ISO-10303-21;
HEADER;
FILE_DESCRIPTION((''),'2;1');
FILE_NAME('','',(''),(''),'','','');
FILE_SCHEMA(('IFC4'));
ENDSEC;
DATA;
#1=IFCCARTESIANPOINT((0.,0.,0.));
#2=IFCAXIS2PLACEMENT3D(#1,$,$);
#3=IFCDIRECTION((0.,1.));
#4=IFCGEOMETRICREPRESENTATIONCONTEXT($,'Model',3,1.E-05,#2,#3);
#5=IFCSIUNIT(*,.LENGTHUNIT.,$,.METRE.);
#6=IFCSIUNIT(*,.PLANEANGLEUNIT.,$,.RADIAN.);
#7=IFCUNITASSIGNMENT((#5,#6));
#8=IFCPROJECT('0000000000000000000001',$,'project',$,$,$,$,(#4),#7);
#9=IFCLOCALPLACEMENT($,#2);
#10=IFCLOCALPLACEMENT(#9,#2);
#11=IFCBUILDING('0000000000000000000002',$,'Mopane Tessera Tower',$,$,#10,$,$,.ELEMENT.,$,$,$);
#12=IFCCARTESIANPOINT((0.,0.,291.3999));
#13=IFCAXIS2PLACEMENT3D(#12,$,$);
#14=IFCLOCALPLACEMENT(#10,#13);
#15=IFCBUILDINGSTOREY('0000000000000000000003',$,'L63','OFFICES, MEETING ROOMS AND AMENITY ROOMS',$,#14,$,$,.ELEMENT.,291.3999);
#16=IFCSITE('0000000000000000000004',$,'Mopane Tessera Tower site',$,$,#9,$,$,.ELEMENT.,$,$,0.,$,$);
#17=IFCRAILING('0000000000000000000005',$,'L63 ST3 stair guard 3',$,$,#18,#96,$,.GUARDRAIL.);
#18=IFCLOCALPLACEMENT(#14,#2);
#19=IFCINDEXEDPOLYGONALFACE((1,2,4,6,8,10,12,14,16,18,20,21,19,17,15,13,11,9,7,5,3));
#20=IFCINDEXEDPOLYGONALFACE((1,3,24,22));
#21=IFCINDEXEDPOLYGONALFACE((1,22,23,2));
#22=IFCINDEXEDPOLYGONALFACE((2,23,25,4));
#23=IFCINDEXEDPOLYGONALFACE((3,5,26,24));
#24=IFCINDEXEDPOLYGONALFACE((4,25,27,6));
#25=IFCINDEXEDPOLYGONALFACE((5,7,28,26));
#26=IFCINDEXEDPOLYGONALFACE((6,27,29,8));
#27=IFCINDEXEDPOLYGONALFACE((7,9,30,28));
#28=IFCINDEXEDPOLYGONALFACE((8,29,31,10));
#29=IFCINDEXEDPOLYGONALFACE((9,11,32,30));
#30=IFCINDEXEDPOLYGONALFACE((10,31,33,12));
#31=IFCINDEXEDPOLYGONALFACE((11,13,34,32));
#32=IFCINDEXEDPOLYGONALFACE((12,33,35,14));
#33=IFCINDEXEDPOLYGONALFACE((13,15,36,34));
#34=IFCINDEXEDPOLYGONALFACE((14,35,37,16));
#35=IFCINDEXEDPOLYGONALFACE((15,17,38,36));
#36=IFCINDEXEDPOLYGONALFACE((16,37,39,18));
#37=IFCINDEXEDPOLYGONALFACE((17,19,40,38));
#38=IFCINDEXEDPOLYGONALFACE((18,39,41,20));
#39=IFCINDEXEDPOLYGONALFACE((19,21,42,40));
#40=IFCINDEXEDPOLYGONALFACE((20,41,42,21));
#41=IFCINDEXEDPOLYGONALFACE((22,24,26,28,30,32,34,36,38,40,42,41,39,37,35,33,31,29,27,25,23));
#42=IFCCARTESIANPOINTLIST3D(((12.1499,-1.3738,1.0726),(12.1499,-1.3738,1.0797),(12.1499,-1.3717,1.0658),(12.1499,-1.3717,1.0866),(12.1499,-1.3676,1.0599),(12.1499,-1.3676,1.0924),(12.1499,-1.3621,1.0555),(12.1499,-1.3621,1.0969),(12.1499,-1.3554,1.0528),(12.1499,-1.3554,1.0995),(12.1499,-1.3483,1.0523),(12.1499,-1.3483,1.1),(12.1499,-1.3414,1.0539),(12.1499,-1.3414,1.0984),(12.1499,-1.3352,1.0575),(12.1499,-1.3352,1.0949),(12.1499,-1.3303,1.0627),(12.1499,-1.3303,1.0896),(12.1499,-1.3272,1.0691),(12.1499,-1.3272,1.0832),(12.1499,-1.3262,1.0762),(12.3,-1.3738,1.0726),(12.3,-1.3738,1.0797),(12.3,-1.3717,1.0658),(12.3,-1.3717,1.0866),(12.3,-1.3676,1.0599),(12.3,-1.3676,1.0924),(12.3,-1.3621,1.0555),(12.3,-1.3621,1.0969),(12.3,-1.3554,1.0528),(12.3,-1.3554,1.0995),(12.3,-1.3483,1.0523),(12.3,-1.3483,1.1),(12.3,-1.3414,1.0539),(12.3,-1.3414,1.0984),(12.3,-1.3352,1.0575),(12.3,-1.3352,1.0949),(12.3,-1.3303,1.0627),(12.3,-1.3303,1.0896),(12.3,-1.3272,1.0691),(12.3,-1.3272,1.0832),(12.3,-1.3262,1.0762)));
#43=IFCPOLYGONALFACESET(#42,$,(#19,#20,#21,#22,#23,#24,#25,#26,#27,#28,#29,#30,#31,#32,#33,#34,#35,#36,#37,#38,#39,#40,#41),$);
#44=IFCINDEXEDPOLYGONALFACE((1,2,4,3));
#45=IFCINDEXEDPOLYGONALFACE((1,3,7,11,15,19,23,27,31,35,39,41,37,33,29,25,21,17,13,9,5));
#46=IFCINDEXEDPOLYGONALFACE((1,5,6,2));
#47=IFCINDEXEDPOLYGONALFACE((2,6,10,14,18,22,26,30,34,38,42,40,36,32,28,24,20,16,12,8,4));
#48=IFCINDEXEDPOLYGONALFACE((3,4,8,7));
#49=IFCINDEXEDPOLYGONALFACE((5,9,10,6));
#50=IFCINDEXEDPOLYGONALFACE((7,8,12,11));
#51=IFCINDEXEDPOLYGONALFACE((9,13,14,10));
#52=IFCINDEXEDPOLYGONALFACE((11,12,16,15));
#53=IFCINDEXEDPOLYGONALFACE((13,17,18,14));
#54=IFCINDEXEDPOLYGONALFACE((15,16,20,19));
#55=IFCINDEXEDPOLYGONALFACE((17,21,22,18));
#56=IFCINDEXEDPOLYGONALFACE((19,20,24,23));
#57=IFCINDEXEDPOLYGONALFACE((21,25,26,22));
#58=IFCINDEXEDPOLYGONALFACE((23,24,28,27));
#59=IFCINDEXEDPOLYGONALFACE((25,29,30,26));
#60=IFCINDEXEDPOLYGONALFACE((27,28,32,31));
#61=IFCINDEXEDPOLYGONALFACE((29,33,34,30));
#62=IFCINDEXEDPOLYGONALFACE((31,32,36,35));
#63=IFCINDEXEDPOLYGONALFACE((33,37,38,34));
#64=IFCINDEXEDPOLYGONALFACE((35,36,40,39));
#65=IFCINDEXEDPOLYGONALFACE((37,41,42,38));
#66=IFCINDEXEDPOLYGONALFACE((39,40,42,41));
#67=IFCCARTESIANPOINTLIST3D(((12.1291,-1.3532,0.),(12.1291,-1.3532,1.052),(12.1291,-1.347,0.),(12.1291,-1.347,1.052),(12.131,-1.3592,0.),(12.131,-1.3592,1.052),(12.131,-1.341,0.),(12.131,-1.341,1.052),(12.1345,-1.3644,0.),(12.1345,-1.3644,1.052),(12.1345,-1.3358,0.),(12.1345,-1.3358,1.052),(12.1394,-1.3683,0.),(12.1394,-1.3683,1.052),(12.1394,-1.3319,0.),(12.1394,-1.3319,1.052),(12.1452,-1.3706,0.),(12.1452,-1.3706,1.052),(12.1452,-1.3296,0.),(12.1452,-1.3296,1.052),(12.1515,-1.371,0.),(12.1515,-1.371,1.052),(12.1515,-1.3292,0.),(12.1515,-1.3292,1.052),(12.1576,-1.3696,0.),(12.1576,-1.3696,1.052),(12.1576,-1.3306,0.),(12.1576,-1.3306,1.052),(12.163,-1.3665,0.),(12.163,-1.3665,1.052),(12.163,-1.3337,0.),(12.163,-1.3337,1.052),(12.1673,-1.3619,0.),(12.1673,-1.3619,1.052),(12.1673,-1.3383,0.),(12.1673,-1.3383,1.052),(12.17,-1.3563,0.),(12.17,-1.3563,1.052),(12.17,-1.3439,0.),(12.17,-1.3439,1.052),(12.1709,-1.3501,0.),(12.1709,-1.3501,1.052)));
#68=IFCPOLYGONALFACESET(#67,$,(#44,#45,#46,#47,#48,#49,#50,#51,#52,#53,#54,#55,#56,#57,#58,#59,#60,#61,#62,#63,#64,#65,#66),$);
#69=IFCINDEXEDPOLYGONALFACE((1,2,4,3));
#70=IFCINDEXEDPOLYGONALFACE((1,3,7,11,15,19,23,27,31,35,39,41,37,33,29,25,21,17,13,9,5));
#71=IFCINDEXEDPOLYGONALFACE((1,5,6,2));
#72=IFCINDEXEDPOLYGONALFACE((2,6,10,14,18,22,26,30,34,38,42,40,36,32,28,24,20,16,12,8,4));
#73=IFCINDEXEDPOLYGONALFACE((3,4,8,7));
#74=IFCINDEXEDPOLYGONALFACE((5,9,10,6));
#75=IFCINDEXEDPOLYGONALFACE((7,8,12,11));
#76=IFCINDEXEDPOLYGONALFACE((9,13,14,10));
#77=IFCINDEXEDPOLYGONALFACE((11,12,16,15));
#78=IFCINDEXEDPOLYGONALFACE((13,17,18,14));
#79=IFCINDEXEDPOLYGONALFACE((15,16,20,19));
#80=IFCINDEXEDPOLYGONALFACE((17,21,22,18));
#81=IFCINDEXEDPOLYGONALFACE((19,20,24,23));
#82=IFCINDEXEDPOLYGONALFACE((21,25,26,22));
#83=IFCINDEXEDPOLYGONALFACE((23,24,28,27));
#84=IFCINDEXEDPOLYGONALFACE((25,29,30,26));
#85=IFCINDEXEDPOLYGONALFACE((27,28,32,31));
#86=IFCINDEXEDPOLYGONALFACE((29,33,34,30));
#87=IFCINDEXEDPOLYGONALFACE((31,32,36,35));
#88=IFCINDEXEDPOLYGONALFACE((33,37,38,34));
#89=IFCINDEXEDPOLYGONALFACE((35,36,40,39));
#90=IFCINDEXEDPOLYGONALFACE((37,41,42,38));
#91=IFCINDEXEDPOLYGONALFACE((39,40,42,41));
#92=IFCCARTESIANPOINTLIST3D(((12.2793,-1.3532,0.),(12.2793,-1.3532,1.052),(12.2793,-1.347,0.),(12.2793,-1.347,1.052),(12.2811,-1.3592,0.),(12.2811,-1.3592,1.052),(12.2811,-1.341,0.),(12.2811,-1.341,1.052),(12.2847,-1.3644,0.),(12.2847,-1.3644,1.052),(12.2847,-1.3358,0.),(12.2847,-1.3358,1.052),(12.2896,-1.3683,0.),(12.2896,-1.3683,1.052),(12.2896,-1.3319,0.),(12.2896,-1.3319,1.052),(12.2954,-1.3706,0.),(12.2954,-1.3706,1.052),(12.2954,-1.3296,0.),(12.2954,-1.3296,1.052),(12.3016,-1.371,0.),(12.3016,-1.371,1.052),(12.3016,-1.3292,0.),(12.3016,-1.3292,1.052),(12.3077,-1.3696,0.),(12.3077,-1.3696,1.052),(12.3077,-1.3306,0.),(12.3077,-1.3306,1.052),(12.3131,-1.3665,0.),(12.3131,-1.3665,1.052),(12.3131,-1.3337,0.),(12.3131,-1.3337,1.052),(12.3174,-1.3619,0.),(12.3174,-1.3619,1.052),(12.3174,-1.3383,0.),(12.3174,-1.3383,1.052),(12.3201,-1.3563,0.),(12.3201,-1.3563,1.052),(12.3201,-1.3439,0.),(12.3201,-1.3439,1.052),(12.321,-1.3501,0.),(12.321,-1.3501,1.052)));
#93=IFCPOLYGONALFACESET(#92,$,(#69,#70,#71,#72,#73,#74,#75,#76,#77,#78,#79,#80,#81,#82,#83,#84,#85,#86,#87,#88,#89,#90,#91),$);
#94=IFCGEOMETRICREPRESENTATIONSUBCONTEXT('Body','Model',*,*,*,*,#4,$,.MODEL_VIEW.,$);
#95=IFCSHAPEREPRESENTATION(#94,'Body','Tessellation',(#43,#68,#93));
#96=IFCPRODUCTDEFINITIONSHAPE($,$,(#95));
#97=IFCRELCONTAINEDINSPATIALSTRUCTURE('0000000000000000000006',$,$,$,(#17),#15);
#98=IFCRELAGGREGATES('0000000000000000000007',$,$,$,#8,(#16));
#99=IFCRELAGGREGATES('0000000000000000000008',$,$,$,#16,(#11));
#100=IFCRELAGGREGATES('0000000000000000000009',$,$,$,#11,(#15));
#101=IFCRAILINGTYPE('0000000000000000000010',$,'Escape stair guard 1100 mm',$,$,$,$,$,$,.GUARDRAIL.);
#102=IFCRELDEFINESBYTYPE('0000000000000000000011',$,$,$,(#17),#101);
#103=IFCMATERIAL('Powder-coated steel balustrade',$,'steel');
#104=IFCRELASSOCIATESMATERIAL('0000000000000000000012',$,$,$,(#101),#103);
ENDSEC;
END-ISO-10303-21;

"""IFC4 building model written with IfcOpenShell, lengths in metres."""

from ifc_helpers import new_model, si_unit, direction, frame, origin, origin_2d, place, context, subcontext, project, spatial, circle, extrude, material, type_object, element, save


model = new_model("IFC4")

# Units and contexts
model_context = context("Model", 3, precision=1e-05, world=origin(), true_north=direction((0.0, 1.0)))
body_context = subcontext(model_context, "Body", "Model", "MODEL_VIEW")
ifc_project = project(units=[si_unit("LENGTHUNIT", "METRE"), si_unit("PLANEANGLEUNIT", "RADIAN")], contexts=[model_context])

# Site, building, storey
site_placement = place(None, origin())
site = spatial("IfcSite", under=ifc_project, at=site_placement, Name="Mopane Tessera Tower site", CompositionType="ELEMENT", RefElevation=0.0)
building_placement = place(site_placement, origin())
building = spatial("IfcBuilding", under=site, at=building_placement, Name="Mopane Tessera Tower", CompositionType="ELEMENT")
storey_placement = place(building_placement, frame((0.0, 0.0, 291.3999)))
storey = spatial("IfcBuildingStorey", under=building, at=storey_placement, Name="L63", Description="OFFICES, MEETING ROOMS AND AMENITY ROOMS", CompositionType="ELEMENT", Elevation=291.3999)

# Railing
ifc_material_1 = material(Name="Powder-coated steel balustrade", Category="steel")
railing_type_1 = type_object("IfcRailingType", Name="Escape stair guard 1100 mm", PredefinedType="GUARDRAIL", material=ifc_material_1)
railing_1_placement = place(storey_placement, frame((12.1499, -1.3501, 0.0)))
element("IfcRailing", 1, at=railing_1_placement, inside=storey, type_object=railing_type_1, Name="L63 ST3 stair guard 3", PredefinedType="GUARDRAIL", context=body_context, shape_type="SweptSolid", body=[
    extrude(circle(Radius=0.0239, at=origin_2d()), frame((0.0, 0.0, 1.0762), z_axis=(1.0, 0.0, 0.0), x_axis=(0.0, 1.0, 0.0)), (0.0, 0.0, 1.0), 0.1501),
    extrude(circle(Radius=0.021, at=origin_2d()), origin(), (0.0, 0.0, 1.0), 1.052),
    extrude(circle(Radius=0.021, at=origin_2d()), frame((0.1501, 0.0, 0.0)), (0.0, 0.0, 1.0), 1.052),
])

save(model, "model.ifc")
